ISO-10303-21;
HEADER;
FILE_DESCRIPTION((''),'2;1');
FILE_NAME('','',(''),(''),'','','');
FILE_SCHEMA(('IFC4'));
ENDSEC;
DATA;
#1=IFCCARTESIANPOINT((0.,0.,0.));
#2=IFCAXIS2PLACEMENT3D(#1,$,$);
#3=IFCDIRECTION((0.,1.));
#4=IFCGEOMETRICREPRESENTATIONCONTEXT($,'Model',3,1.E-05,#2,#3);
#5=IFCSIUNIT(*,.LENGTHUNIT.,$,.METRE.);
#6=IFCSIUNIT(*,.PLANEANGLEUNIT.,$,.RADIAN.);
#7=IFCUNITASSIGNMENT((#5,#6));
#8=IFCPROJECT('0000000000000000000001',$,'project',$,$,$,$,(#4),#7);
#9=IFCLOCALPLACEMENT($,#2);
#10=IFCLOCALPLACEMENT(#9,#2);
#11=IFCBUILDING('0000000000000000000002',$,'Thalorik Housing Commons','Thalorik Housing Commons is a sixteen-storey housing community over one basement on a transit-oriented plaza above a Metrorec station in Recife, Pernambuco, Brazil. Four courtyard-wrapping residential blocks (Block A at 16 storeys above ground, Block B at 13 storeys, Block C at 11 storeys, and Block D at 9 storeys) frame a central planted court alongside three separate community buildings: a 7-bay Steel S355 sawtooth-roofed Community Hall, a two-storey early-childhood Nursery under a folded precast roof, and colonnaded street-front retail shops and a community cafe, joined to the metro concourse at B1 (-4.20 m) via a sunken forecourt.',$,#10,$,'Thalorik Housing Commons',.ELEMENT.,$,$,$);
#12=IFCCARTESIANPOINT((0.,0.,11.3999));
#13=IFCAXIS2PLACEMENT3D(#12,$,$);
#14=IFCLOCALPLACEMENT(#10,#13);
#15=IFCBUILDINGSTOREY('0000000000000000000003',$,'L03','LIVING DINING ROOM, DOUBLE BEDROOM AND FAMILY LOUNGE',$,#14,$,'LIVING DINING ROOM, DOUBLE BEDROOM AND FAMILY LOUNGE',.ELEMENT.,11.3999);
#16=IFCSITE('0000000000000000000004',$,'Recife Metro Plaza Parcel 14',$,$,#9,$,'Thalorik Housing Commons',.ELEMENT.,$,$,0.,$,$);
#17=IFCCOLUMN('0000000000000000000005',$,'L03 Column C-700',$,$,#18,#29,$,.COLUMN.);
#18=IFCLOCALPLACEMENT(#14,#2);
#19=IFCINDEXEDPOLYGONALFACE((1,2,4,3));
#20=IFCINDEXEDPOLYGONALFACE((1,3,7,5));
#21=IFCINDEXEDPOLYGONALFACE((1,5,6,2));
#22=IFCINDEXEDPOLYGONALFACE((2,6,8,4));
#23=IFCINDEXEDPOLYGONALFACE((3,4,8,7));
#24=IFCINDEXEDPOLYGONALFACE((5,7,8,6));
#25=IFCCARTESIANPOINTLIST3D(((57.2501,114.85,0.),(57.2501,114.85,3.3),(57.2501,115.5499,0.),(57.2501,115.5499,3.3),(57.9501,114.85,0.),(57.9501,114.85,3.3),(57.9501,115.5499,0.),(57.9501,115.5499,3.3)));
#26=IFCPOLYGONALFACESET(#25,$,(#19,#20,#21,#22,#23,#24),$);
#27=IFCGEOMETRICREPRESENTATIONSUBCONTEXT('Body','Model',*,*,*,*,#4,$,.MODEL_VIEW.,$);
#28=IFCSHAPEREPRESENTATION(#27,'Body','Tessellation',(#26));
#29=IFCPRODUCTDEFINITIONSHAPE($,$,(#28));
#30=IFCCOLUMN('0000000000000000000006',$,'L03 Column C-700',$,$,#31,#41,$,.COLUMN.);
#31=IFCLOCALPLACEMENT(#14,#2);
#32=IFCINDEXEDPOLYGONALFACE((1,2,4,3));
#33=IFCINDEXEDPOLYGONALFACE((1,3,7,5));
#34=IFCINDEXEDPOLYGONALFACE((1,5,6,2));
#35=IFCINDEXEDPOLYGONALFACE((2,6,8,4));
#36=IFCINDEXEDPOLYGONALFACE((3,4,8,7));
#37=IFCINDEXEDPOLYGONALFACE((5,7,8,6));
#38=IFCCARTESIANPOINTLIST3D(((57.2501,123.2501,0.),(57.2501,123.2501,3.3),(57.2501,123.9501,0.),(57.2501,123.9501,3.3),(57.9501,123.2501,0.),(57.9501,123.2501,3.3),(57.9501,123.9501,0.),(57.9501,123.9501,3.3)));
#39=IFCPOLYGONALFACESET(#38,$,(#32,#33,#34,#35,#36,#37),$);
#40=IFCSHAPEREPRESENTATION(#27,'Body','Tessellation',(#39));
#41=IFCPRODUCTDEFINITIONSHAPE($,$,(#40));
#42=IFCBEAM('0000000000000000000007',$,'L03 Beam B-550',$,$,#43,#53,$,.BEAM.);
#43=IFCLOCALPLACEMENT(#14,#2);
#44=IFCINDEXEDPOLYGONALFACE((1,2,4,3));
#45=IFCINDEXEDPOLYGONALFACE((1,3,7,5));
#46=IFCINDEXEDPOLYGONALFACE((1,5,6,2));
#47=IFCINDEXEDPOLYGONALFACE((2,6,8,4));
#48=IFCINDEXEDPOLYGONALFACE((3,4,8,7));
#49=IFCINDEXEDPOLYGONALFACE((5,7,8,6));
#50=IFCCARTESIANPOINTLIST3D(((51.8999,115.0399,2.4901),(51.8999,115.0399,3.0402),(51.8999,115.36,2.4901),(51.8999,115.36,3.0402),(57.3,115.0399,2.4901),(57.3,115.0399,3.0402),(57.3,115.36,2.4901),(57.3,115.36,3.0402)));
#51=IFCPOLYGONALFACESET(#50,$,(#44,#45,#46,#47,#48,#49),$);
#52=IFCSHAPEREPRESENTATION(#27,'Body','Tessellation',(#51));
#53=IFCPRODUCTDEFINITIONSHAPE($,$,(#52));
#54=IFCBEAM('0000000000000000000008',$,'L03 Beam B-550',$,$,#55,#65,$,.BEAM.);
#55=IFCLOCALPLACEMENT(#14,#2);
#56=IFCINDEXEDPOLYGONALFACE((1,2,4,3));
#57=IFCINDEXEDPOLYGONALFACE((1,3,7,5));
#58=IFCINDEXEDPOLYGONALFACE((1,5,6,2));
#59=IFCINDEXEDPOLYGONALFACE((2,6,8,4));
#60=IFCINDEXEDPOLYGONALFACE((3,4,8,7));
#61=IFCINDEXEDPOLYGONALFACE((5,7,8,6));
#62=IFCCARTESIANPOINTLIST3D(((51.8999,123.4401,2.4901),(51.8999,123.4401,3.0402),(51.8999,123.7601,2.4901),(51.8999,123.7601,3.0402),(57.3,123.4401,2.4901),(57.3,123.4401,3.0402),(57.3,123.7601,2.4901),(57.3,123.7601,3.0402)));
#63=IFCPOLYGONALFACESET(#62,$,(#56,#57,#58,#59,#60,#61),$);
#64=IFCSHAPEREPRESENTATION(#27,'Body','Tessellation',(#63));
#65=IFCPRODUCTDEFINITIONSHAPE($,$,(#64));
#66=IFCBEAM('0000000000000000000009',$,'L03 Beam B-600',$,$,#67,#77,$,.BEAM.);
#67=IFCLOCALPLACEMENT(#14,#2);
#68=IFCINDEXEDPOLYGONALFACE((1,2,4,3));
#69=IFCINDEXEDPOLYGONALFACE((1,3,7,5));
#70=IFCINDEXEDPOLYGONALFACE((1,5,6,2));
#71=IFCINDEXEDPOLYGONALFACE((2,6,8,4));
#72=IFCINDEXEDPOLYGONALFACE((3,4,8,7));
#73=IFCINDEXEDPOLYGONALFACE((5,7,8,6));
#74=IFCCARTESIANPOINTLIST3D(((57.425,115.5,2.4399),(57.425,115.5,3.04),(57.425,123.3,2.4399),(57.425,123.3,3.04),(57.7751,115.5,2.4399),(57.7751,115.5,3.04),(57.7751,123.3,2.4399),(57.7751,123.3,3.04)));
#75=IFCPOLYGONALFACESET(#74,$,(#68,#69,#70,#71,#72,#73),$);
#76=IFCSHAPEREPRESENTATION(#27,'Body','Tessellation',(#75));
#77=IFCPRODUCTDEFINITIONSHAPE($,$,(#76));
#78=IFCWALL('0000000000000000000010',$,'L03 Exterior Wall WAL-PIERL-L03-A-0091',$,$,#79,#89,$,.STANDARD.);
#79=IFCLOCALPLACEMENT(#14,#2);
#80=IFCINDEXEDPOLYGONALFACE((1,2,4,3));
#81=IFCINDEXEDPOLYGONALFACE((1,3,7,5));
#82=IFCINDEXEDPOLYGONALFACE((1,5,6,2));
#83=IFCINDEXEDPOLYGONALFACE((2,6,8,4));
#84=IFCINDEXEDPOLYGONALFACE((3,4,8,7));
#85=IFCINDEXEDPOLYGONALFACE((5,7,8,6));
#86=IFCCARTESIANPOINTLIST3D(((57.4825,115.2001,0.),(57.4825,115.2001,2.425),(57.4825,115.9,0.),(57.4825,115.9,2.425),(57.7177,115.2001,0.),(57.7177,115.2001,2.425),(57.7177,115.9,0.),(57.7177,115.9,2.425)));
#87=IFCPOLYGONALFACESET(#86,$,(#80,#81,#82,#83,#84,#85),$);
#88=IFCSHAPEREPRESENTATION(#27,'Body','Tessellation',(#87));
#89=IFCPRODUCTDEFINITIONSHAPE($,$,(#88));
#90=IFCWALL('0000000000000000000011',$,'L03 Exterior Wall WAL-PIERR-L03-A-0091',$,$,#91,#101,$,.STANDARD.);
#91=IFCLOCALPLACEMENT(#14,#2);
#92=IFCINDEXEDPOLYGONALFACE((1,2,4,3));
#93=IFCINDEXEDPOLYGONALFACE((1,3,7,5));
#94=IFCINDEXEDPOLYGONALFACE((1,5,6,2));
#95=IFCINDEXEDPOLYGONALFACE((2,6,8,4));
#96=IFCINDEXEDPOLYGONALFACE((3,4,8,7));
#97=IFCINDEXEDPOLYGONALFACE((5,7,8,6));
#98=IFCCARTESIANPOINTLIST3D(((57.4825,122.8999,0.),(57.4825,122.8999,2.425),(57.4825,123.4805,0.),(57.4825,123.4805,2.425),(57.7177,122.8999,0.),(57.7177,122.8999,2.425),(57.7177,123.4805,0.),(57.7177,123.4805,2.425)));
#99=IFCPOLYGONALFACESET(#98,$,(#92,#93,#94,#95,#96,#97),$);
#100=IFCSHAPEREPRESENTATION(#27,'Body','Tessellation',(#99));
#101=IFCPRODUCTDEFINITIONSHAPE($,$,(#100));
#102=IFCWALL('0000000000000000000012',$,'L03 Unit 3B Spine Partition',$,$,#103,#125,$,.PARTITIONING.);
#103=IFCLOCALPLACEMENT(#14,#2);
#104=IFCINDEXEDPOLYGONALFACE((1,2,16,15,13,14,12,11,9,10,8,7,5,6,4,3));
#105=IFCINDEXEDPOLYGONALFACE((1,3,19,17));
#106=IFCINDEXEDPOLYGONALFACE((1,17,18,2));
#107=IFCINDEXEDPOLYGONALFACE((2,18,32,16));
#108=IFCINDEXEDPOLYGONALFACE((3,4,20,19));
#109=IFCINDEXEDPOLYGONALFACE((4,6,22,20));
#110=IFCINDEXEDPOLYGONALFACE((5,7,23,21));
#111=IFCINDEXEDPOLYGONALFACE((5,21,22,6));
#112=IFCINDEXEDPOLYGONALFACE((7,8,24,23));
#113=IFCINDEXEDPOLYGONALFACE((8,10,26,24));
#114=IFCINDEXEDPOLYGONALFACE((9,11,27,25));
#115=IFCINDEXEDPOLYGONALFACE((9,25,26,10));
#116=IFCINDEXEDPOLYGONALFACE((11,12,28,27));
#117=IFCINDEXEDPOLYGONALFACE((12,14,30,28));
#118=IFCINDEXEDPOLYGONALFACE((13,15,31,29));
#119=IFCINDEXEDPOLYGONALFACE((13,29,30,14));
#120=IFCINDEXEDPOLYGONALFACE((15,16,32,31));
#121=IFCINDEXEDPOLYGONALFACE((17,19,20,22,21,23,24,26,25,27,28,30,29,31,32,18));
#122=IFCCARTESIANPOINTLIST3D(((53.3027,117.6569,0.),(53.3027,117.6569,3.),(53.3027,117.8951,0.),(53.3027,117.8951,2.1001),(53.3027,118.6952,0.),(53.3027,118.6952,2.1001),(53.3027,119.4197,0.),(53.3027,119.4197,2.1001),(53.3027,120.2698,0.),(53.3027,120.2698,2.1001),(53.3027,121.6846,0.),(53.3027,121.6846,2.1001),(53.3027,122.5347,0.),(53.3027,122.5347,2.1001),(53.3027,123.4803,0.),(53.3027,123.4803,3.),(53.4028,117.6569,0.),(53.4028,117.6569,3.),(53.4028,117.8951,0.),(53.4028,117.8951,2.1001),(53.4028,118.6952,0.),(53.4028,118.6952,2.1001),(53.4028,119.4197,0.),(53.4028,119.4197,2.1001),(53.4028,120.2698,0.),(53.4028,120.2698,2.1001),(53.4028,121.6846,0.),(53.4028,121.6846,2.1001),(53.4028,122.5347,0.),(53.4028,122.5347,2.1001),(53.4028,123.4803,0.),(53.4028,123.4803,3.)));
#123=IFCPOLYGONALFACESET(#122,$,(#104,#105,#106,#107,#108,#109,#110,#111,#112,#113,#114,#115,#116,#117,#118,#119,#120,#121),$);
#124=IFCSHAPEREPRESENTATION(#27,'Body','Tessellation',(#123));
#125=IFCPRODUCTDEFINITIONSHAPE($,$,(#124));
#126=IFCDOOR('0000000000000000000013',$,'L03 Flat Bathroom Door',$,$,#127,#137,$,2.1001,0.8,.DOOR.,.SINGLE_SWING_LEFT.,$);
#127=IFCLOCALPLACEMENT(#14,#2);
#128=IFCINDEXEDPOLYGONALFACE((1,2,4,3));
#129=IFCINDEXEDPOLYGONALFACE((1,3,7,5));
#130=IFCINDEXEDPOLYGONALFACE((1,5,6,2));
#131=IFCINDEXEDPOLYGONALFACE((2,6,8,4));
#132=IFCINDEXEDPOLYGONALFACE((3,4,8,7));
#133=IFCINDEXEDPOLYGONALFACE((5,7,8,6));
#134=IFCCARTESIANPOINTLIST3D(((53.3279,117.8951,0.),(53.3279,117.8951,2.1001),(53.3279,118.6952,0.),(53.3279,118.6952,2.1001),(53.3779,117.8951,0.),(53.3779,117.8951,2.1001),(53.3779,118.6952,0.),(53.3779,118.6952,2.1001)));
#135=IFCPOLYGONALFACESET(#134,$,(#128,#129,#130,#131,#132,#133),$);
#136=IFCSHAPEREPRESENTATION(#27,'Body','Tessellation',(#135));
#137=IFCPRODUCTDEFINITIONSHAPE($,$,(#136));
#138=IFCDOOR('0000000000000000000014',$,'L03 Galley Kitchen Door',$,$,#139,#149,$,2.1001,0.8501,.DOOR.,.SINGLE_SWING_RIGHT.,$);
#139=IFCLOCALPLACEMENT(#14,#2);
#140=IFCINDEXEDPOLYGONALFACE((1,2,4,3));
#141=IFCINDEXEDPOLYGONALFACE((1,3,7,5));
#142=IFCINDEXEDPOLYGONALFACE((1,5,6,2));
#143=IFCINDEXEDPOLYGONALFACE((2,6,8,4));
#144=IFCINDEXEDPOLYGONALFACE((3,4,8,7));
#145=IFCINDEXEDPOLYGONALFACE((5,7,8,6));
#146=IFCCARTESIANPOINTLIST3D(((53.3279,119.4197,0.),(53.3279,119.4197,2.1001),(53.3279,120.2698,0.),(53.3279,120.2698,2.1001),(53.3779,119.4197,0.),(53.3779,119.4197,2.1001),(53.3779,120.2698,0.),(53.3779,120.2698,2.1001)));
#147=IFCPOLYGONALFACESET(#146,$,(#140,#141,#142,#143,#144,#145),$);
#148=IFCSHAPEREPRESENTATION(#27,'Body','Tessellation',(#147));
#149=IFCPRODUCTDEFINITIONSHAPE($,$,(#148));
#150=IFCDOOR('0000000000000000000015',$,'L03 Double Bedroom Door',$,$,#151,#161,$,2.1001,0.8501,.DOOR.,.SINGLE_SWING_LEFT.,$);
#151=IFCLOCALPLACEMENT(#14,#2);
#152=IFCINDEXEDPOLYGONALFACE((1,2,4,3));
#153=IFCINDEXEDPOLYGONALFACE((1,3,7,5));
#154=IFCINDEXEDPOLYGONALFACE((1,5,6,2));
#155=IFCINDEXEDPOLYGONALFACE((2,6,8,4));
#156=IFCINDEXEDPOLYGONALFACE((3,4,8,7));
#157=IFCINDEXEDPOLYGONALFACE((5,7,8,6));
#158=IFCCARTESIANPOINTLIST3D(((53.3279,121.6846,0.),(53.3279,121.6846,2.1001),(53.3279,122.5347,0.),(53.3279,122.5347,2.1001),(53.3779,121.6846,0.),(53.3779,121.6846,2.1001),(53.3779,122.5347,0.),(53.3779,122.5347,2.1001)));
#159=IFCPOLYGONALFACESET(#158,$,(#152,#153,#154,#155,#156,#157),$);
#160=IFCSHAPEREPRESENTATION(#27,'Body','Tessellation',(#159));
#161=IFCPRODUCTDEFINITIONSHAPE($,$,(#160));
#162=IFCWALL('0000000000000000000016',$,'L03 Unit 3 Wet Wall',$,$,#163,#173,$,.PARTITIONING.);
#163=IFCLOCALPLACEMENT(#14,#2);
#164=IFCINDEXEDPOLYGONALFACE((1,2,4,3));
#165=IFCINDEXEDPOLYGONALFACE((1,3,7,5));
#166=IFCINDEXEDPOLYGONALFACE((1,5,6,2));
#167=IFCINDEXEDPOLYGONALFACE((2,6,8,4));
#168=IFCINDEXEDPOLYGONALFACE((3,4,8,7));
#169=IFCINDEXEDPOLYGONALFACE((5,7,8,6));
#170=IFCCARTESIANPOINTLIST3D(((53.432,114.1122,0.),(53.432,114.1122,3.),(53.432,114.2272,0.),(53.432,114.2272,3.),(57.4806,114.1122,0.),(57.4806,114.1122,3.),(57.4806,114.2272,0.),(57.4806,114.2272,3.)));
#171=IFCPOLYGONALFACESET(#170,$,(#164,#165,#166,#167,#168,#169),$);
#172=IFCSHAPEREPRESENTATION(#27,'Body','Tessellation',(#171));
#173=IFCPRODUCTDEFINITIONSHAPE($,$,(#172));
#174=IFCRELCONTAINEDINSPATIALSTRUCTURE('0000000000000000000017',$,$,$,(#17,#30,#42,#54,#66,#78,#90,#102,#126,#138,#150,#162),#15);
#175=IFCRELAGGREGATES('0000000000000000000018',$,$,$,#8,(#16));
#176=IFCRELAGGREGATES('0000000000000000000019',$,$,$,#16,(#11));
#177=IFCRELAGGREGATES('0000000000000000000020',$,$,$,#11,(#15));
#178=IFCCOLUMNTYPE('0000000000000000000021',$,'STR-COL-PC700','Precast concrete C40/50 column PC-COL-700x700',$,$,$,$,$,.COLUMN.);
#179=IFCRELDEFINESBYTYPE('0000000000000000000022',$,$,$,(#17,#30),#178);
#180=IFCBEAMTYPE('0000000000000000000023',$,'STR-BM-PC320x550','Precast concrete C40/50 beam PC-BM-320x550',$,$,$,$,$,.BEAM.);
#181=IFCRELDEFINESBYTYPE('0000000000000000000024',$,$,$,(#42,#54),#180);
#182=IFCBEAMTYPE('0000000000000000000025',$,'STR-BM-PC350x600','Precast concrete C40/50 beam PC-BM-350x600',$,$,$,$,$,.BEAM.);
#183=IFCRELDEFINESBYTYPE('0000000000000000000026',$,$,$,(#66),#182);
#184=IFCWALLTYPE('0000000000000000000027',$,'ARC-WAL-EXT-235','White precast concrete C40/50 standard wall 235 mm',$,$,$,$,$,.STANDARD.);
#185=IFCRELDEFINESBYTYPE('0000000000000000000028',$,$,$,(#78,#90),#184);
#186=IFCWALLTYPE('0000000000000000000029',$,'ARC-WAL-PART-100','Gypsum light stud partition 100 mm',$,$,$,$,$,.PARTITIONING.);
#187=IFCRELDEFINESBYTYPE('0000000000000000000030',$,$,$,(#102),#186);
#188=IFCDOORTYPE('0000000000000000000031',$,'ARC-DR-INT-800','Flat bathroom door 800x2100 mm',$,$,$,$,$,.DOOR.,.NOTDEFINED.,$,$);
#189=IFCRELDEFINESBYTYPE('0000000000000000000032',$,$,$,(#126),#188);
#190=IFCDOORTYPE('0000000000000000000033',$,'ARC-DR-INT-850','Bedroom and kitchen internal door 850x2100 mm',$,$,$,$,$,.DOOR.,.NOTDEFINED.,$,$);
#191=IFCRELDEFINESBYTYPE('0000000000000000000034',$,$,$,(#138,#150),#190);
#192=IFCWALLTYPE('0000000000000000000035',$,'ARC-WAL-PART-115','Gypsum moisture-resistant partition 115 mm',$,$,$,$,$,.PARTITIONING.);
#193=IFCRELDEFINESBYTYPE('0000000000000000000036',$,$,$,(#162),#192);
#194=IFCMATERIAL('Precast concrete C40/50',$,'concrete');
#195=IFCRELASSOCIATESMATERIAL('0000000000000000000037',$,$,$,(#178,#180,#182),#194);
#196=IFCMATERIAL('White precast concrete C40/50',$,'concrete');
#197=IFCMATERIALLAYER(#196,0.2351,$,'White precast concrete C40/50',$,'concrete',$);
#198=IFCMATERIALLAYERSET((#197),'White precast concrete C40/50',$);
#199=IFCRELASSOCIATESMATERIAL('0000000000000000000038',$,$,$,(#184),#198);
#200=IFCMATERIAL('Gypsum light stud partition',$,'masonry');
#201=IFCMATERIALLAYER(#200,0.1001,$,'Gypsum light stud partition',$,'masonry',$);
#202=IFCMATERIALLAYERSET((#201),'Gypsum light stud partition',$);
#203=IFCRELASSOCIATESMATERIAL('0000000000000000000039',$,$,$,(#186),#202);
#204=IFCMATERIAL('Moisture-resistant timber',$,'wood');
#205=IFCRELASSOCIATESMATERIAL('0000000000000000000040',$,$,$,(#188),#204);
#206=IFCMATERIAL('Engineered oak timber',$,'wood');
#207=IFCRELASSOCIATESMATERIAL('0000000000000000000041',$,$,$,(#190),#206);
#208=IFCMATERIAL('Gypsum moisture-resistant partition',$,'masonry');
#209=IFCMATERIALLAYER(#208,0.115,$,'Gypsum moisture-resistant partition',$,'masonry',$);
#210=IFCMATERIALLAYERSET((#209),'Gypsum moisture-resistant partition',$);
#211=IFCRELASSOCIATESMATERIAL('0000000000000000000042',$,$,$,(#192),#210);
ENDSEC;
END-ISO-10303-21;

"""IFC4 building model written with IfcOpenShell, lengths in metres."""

from ifc_helpers import new_model, si_unit, direction, frame, frame_2d, origin, origin_2d, place, context, subcontext, project, spatial, rectangle, extrude, material, layer, layer_set, material_profile, profile_set, type_object, element, fill, save


model = new_model("IFC4")

# Units and contexts
model_context = context("Model", 3, precision=1e-05, world=origin(), true_north=direction((0.0, 1.0)))
body_context = subcontext(model_context, "Body", "Model", "MODEL_VIEW")
ifc_project = project(units=[si_unit("LENGTHUNIT", "METRE"), si_unit("PLANEANGLEUNIT", "RADIAN")], contexts=[model_context])

# Site, building, storey
site_placement = place(None, origin())
site = spatial("IfcSite", under=ifc_project, at=site_placement, Name="Recife Metro Plaza Parcel 14", LongName="Thalorik Housing Commons", CompositionType="ELEMENT", RefElevation=0.0)
building_placement = place(site_placement, origin())
building = spatial("IfcBuilding", under=site, at=building_placement, Name="Thalorik Housing Commons", Description="Thalorik Housing Commons is a sixteen-storey housing community over one basement on a transit-oriented plaza above a Metrorec station in Recife, Pernambuco, Brazil. Four courtyard-wrapping residential blocks (Block A at 16 storeys above ground, Block B at 13 storeys, Block C at 11 storeys, and Block D at 9 storeys) frame a central planted court alongside three separate community buildings: a 7-bay Steel S355 sawtooth-roofed Community Hall, a two-storey early-childhood Nursery under a folded precast roof, and colonnaded street-front retail shops and a community cafe, joined to the metro concourse at B1 (-4.20 m) via a sunken forecourt.", LongName="Thalorik Housing Commons", CompositionType="ELEMENT")
storey_placement = place(building_placement, frame((0.0, 0.0, 11.3999)))
storey = spatial("IfcBuildingStorey", under=building, at=storey_placement, Name="L03", Description="LIVING DINING ROOM, DOUBLE BEDROOM AND FAMILY LOUNGE", LongName="LIVING DINING ROOM, DOUBLE BEDROOM AND FAMILY LOUNGE", CompositionType="ELEMENT", Elevation=11.3999)

# Columns
ifc_material_1 = material(Name="Precast concrete C40/50", Category="concrete")
ifc_material_profile_1 = material_profile(ifc_material_1, rectangle(XDim=0.7, YDim=0.7, at=origin_2d()), Name="PC 700x700", Category="concrete")
ifc_profile_set_1 = profile_set([ifc_material_profile_1], Name="Precast concrete C40/50")
column_type = type_object("IfcColumnType", Name="STR-COL-PC700", Description="Precast concrete C40/50 column PC-COL-700x700", PredefinedType="COLUMN", material=ifc_profile_set_1)
for number, where, z_axis, x_axis, name in (
    (1, (57.6001, 115.2, 0.0), (0.0, 0.0, 1.0), (1.0, 0.0, 0.0), "L03 Column C-700"),
    (2, (57.6001, 123.6001, 0.0), (0.0, 0.0, 1.0), (1.0, 0.0, 0.0), "L03 Column C-700"),
):
    element("IfcColumn", number, at=place(storey_placement, frame(where, z_axis=z_axis, x_axis=x_axis)), inside=storey, type_object=column_type, Name=name, PredefinedType="COLUMN", context=body_context, shape_type="SweptSolid", body=[
        extrude(rectangle(XDim=0.7, YDim=0.7, at=origin_2d()), origin(), (0.0, 0.0, 1.0), 3.3),
    ])

# Beams
ifc_material_profile_2 = material_profile(ifc_material_1, rectangle(XDim=0.3201, YDim=0.55, at=origin_2d()), Name="PC 320x550", Category="concrete")
ifc_profile_set_2 = profile_set([ifc_material_profile_2], Name="Precast concrete C40/50")
beam_type_1 = type_object("IfcBeamType", Name="STR-BM-PC320x550", Description="Precast concrete C40/50 beam PC-BM-320x550", PredefinedType="BEAM", material=ifc_profile_set_2)
for number, where, z_axis, x_axis, name in (
    (3, (51.8999, 115.2, 2.7651), (1.0, 0.0, 0.0), (0.0, 1.0, 0.0), "L03 Beam B-550"),
    (4, (51.8999, 123.6001, 2.7651), (1.0, 0.0, 0.0), (0.0, 1.0, 0.0), "L03 Beam B-550"),
):
    element("IfcBeam", number, at=place(storey_placement, frame(where, z_axis=z_axis, x_axis=x_axis)), inside=storey, type_object=beam_type_1, Name=name, PredefinedType="BEAM", context=body_context, shape_type="SweptSolid", body=[
        extrude(rectangle(XDim=0.3201, YDim=0.55, at=origin_2d()), origin(), (0.0, 0.0, 1.0), 5.4001),
    ])
ifc_material_profile_3 = material_profile(ifc_material_1, rectangle(XDim=0.3501, YDim=0.6001, at=origin_2d()), Name="PC 350x600", Category="concrete")
ifc_profile_set_3 = profile_set([ifc_material_profile_3], Name="Precast concrete C40/50")
beam_type_2 = type_object("IfcBeamType", Name="STR-BM-PC350x600", Description="Precast concrete C40/50 beam PC-BM-350x600", PredefinedType="BEAM", material=ifc_profile_set_3)
beam_placement = place(storey_placement, frame((57.6001, 115.5, 2.74), z_axis=(0.0, 1.0, 0.0), x_axis=(-1.0, 0.0, 0.0)))
element("IfcBeam", 5, at=beam_placement, inside=storey, type_object=beam_type_2, Name="L03 Beam B-600", PredefinedType="BEAM", context=body_context, shape_type="SweptSolid", body=[
    extrude(rectangle(XDim=0.3501, YDim=0.6001, at=origin_2d()), origin(), (0.0, 0.0, 1.0), 7.8),
])

# Walls
ifc_material_2 = material(Name="White precast concrete C40/50", Category="concrete")
ifc_layer_1 = layer(ifc_material_2, 0.2351, Name="White precast concrete C40/50", Category="concrete")
ifc_layer_set_1 = layer_set([ifc_layer_1], Name="White precast concrete C40/50")
wall_type_1 = type_object("IfcWallType", Name="ARC-WAL-EXT-235", Description="White precast concrete C40/50 standard wall 235 mm", PredefinedType="STANDARD", material=ifc_layer_set_1)
wall_1_placement = place(storey_placement, frame((57.6001, 115.2, 0.0), z_axis=(0.0, 0.0, 1.0), x_axis=(0.0, 1.0, 0.0)))
element("IfcWall", 6, at=wall_1_placement, inside=storey, type_object=wall_type_1, Name="L03 Exterior Wall WAL-PIERL-L03-A-0091", PredefinedType="STANDARD", context=body_context, shape_type="SweptSolid", body=[
    extrude(rectangle(XDim=0.7, YDim=0.2351, at=frame_2d((0.3501, 0.0))), origin(), (0.0, 0.0, 1.0), 2.425),
])
wall_2_placement = place(storey_placement, frame((57.6001, 122.8999, 0.0), z_axis=(0.0, 0.0, 1.0), x_axis=(0.0, 1.0, 0.0)))
element("IfcWall", 7, at=wall_2_placement, inside=storey, type_object=wall_type_1, Name="L03 Exterior Wall WAL-PIERR-L03-A-0091", PredefinedType="STANDARD", context=body_context, shape_type="SweptSolid", body=[
    extrude(rectangle(XDim=0.5806, YDim=0.2351, at=frame_2d((0.2903, 0.0))), origin(), (0.0, 0.0, 1.0), 2.425),
])

# Wall, openings, doors
ifc_material_3 = material(Name="Gypsum light stud partition", Category="masonry")
ifc_layer_2 = layer(ifc_material_3, 0.1001, Name="Gypsum light stud partition", Category="masonry")
ifc_layer_set_2 = layer_set([ifc_layer_2], Name="Gypsum light stud partition")
wall_type_2 = type_object("IfcWallType", Name="ARC-WAL-PART-100", Description="Gypsum light stud partition 100 mm", PredefinedType="PARTITIONING", material=ifc_layer_set_2)
wall_3_placement = place(storey_placement, frame((53.3528, 117.657, 0.0), z_axis=(0.0, 0.0, 1.0), x_axis=(0.0, 1.0, 0.0)))
wall_3 = element("IfcWall", 8, at=wall_3_placement, inside=storey, type_object=wall_type_2, Name="L03 Unit 3B Spine Partition", PredefinedType="PARTITIONING", context=body_context, shape_type="SweptSolid", body=[
    extrude(rectangle(XDim=5.8235, YDim=0.1001, at=frame_2d((2.9116, 0.0))), origin(), (0.0, 0.0, 1.0), 3.0),
])
opening_1_placement = place(wall_3_placement, frame((0.2383, 0.0, 0.0)))
opening_1 = element("IfcOpeningElement", 9, at=opening_1_placement, cuts=wall_3, PredefinedType="OPENING", context=body_context, shape_type="SweptSolid", body=[
    extrude(rectangle(XDim=0.8, YDim=2.1001, at=frame_2d((0.3999, 1.05))), frame((0.0, 0.0601, 0.0), z_axis=(0.0, -1.0, 0.0), x_axis=(1.0, 0.0, 0.0)), (0.0, 0.0, 1.0), 0.1201),
])
opening_2_placement = place(wall_3_placement, frame((1.7627, 0.0, 0.0)))
opening_2 = element("IfcOpeningElement", 10, at=opening_2_placement, cuts=wall_3, PredefinedType="OPENING", context=body_context, shape_type="SweptSolid", body=[
    extrude(rectangle(XDim=0.8501, YDim=2.1001, at=frame_2d((0.425, 1.05))), frame((0.0, 0.0601, 0.0), z_axis=(0.0, -1.0, 0.0), x_axis=(1.0, 0.0, 0.0)), (0.0, 0.0, 1.0), 0.1201),
])
opening_3_placement = place(wall_3_placement, frame((4.0276, 0.0, 0.0)))
opening_3 = element("IfcOpeningElement", 11, at=opening_3_placement, cuts=wall_3, PredefinedType="OPENING", context=body_context, shape_type="SweptSolid", body=[
    extrude(rectangle(XDim=0.8501, YDim=2.1001, at=frame_2d((0.425, 1.05))), frame((0.0, 0.0601, 0.0), z_axis=(0.0, -1.0, 0.0), x_axis=(1.0, 0.0, 0.0)), (0.0, 0.0, 1.0), 0.1201),
])
ifc_material_4 = material(Name="Moisture-resistant timber", Category="wood")
door_type_1 = type_object("IfcDoorType", Name="ARC-DR-INT-800", Description="Flat bathroom door 800x2100 mm", OperationType="NOTDEFINED", PredefinedType="DOOR", material=ifc_material_4)
door_1_placement = place(opening_1_placement, origin())
door_1 = element("IfcDoor", 12, at=door_1_placement, inside=storey, type_object=door_type_1, Name="L03 Flat Bathroom Door", OperationType="SINGLE_SWING_LEFT", OverallHeight=2.1001, OverallWidth=0.8, PredefinedType="DOOR", context=body_context, shape_type="SweptSolid", body=[
    extrude(rectangle(XDim=0.8, YDim=2.1001, at=frame_2d((0.3999, 1.05))), frame((0.0, 0.0249, 0.0), z_axis=(0.0, -1.0, 0.0), x_axis=(1.0, 0.0, 0.0)), (0.0, 0.0, 1.0), 0.05),
])
fill(opening_1, door_1)
ifc_material_5 = material(Name="Engineered oak timber", Category="wood")
door_type_2 = type_object("IfcDoorType", Name="ARC-DR-INT-850", Description="Bedroom and kitchen internal door 850x2100 mm", OperationType="NOTDEFINED", PredefinedType="DOOR", material=ifc_material_5)
door_2_placement = place(opening_2_placement, origin())
door_2 = element("IfcDoor", 13, at=door_2_placement, inside=storey, type_object=door_type_2, Name="L03 Galley Kitchen Door", OperationType="SINGLE_SWING_RIGHT", OverallHeight=2.1001, OverallWidth=0.8501, PredefinedType="DOOR", context=body_context, shape_type="SweptSolid", body=[
    extrude(rectangle(XDim=0.8501, YDim=2.1001, at=frame_2d((0.425, 1.05))), frame((0.0, 0.0249, 0.0), z_axis=(0.0, -1.0, 0.0), x_axis=(1.0, 0.0, 0.0)), (0.0, 0.0, 1.0), 0.05),
])
fill(opening_2, door_2)
door_3_placement = place(opening_3_placement, origin())
door_3 = element("IfcDoor", 14, at=door_3_placement, inside=storey, type_object=door_type_2, Name="L03 Double Bedroom Door", OperationType="SINGLE_SWING_LEFT", OverallHeight=2.1001, OverallWidth=0.8501, PredefinedType="DOOR", context=body_context, shape_type="SweptSolid", body=[
    extrude(rectangle(XDim=0.8501, YDim=2.1001, at=frame_2d((0.425, 1.05))), frame((0.0, 0.0249, 0.0), z_axis=(0.0, -1.0, 0.0), x_axis=(1.0, 0.0, 0.0)), (0.0, 0.0, 1.0), 0.05),
])
fill(opening_3, door_3)

# Wall
ifc_material_6 = material(Name="Gypsum moisture-resistant partition", Category="masonry")
ifc_layer_3 = layer(ifc_material_6, 0.115, Name="Gypsum moisture-resistant partition", Category="masonry")
ifc_layer_set_3 = layer_set([ifc_layer_3], Name="Gypsum moisture-resistant partition")
wall_type_3 = type_object("IfcWallType", Name="ARC-WAL-PART-115", Description="Gypsum moisture-resistant partition 115 mm", PredefinedType="PARTITIONING", material=ifc_layer_set_3)
wall_4_placement = place(storey_placement, frame((53.4319, 114.1697, 0.0), z_axis=(0.0, 0.0, 1.0), x_axis=(1.0, 0.0, 0.0)))
element("IfcWall", 15, at=wall_4_placement, inside=storey, type_object=wall_type_3, Name="L03 Unit 3 Wet Wall", PredefinedType="PARTITIONING", context=body_context, shape_type="SweptSolid", body=[
    extrude(rectangle(XDim=4.0486, YDim=0.115, at=frame_2d((2.0244, 0.0))), origin(), (0.0, 0.0, 1.0), 3.0),
])

save(model, "model.ifc")
